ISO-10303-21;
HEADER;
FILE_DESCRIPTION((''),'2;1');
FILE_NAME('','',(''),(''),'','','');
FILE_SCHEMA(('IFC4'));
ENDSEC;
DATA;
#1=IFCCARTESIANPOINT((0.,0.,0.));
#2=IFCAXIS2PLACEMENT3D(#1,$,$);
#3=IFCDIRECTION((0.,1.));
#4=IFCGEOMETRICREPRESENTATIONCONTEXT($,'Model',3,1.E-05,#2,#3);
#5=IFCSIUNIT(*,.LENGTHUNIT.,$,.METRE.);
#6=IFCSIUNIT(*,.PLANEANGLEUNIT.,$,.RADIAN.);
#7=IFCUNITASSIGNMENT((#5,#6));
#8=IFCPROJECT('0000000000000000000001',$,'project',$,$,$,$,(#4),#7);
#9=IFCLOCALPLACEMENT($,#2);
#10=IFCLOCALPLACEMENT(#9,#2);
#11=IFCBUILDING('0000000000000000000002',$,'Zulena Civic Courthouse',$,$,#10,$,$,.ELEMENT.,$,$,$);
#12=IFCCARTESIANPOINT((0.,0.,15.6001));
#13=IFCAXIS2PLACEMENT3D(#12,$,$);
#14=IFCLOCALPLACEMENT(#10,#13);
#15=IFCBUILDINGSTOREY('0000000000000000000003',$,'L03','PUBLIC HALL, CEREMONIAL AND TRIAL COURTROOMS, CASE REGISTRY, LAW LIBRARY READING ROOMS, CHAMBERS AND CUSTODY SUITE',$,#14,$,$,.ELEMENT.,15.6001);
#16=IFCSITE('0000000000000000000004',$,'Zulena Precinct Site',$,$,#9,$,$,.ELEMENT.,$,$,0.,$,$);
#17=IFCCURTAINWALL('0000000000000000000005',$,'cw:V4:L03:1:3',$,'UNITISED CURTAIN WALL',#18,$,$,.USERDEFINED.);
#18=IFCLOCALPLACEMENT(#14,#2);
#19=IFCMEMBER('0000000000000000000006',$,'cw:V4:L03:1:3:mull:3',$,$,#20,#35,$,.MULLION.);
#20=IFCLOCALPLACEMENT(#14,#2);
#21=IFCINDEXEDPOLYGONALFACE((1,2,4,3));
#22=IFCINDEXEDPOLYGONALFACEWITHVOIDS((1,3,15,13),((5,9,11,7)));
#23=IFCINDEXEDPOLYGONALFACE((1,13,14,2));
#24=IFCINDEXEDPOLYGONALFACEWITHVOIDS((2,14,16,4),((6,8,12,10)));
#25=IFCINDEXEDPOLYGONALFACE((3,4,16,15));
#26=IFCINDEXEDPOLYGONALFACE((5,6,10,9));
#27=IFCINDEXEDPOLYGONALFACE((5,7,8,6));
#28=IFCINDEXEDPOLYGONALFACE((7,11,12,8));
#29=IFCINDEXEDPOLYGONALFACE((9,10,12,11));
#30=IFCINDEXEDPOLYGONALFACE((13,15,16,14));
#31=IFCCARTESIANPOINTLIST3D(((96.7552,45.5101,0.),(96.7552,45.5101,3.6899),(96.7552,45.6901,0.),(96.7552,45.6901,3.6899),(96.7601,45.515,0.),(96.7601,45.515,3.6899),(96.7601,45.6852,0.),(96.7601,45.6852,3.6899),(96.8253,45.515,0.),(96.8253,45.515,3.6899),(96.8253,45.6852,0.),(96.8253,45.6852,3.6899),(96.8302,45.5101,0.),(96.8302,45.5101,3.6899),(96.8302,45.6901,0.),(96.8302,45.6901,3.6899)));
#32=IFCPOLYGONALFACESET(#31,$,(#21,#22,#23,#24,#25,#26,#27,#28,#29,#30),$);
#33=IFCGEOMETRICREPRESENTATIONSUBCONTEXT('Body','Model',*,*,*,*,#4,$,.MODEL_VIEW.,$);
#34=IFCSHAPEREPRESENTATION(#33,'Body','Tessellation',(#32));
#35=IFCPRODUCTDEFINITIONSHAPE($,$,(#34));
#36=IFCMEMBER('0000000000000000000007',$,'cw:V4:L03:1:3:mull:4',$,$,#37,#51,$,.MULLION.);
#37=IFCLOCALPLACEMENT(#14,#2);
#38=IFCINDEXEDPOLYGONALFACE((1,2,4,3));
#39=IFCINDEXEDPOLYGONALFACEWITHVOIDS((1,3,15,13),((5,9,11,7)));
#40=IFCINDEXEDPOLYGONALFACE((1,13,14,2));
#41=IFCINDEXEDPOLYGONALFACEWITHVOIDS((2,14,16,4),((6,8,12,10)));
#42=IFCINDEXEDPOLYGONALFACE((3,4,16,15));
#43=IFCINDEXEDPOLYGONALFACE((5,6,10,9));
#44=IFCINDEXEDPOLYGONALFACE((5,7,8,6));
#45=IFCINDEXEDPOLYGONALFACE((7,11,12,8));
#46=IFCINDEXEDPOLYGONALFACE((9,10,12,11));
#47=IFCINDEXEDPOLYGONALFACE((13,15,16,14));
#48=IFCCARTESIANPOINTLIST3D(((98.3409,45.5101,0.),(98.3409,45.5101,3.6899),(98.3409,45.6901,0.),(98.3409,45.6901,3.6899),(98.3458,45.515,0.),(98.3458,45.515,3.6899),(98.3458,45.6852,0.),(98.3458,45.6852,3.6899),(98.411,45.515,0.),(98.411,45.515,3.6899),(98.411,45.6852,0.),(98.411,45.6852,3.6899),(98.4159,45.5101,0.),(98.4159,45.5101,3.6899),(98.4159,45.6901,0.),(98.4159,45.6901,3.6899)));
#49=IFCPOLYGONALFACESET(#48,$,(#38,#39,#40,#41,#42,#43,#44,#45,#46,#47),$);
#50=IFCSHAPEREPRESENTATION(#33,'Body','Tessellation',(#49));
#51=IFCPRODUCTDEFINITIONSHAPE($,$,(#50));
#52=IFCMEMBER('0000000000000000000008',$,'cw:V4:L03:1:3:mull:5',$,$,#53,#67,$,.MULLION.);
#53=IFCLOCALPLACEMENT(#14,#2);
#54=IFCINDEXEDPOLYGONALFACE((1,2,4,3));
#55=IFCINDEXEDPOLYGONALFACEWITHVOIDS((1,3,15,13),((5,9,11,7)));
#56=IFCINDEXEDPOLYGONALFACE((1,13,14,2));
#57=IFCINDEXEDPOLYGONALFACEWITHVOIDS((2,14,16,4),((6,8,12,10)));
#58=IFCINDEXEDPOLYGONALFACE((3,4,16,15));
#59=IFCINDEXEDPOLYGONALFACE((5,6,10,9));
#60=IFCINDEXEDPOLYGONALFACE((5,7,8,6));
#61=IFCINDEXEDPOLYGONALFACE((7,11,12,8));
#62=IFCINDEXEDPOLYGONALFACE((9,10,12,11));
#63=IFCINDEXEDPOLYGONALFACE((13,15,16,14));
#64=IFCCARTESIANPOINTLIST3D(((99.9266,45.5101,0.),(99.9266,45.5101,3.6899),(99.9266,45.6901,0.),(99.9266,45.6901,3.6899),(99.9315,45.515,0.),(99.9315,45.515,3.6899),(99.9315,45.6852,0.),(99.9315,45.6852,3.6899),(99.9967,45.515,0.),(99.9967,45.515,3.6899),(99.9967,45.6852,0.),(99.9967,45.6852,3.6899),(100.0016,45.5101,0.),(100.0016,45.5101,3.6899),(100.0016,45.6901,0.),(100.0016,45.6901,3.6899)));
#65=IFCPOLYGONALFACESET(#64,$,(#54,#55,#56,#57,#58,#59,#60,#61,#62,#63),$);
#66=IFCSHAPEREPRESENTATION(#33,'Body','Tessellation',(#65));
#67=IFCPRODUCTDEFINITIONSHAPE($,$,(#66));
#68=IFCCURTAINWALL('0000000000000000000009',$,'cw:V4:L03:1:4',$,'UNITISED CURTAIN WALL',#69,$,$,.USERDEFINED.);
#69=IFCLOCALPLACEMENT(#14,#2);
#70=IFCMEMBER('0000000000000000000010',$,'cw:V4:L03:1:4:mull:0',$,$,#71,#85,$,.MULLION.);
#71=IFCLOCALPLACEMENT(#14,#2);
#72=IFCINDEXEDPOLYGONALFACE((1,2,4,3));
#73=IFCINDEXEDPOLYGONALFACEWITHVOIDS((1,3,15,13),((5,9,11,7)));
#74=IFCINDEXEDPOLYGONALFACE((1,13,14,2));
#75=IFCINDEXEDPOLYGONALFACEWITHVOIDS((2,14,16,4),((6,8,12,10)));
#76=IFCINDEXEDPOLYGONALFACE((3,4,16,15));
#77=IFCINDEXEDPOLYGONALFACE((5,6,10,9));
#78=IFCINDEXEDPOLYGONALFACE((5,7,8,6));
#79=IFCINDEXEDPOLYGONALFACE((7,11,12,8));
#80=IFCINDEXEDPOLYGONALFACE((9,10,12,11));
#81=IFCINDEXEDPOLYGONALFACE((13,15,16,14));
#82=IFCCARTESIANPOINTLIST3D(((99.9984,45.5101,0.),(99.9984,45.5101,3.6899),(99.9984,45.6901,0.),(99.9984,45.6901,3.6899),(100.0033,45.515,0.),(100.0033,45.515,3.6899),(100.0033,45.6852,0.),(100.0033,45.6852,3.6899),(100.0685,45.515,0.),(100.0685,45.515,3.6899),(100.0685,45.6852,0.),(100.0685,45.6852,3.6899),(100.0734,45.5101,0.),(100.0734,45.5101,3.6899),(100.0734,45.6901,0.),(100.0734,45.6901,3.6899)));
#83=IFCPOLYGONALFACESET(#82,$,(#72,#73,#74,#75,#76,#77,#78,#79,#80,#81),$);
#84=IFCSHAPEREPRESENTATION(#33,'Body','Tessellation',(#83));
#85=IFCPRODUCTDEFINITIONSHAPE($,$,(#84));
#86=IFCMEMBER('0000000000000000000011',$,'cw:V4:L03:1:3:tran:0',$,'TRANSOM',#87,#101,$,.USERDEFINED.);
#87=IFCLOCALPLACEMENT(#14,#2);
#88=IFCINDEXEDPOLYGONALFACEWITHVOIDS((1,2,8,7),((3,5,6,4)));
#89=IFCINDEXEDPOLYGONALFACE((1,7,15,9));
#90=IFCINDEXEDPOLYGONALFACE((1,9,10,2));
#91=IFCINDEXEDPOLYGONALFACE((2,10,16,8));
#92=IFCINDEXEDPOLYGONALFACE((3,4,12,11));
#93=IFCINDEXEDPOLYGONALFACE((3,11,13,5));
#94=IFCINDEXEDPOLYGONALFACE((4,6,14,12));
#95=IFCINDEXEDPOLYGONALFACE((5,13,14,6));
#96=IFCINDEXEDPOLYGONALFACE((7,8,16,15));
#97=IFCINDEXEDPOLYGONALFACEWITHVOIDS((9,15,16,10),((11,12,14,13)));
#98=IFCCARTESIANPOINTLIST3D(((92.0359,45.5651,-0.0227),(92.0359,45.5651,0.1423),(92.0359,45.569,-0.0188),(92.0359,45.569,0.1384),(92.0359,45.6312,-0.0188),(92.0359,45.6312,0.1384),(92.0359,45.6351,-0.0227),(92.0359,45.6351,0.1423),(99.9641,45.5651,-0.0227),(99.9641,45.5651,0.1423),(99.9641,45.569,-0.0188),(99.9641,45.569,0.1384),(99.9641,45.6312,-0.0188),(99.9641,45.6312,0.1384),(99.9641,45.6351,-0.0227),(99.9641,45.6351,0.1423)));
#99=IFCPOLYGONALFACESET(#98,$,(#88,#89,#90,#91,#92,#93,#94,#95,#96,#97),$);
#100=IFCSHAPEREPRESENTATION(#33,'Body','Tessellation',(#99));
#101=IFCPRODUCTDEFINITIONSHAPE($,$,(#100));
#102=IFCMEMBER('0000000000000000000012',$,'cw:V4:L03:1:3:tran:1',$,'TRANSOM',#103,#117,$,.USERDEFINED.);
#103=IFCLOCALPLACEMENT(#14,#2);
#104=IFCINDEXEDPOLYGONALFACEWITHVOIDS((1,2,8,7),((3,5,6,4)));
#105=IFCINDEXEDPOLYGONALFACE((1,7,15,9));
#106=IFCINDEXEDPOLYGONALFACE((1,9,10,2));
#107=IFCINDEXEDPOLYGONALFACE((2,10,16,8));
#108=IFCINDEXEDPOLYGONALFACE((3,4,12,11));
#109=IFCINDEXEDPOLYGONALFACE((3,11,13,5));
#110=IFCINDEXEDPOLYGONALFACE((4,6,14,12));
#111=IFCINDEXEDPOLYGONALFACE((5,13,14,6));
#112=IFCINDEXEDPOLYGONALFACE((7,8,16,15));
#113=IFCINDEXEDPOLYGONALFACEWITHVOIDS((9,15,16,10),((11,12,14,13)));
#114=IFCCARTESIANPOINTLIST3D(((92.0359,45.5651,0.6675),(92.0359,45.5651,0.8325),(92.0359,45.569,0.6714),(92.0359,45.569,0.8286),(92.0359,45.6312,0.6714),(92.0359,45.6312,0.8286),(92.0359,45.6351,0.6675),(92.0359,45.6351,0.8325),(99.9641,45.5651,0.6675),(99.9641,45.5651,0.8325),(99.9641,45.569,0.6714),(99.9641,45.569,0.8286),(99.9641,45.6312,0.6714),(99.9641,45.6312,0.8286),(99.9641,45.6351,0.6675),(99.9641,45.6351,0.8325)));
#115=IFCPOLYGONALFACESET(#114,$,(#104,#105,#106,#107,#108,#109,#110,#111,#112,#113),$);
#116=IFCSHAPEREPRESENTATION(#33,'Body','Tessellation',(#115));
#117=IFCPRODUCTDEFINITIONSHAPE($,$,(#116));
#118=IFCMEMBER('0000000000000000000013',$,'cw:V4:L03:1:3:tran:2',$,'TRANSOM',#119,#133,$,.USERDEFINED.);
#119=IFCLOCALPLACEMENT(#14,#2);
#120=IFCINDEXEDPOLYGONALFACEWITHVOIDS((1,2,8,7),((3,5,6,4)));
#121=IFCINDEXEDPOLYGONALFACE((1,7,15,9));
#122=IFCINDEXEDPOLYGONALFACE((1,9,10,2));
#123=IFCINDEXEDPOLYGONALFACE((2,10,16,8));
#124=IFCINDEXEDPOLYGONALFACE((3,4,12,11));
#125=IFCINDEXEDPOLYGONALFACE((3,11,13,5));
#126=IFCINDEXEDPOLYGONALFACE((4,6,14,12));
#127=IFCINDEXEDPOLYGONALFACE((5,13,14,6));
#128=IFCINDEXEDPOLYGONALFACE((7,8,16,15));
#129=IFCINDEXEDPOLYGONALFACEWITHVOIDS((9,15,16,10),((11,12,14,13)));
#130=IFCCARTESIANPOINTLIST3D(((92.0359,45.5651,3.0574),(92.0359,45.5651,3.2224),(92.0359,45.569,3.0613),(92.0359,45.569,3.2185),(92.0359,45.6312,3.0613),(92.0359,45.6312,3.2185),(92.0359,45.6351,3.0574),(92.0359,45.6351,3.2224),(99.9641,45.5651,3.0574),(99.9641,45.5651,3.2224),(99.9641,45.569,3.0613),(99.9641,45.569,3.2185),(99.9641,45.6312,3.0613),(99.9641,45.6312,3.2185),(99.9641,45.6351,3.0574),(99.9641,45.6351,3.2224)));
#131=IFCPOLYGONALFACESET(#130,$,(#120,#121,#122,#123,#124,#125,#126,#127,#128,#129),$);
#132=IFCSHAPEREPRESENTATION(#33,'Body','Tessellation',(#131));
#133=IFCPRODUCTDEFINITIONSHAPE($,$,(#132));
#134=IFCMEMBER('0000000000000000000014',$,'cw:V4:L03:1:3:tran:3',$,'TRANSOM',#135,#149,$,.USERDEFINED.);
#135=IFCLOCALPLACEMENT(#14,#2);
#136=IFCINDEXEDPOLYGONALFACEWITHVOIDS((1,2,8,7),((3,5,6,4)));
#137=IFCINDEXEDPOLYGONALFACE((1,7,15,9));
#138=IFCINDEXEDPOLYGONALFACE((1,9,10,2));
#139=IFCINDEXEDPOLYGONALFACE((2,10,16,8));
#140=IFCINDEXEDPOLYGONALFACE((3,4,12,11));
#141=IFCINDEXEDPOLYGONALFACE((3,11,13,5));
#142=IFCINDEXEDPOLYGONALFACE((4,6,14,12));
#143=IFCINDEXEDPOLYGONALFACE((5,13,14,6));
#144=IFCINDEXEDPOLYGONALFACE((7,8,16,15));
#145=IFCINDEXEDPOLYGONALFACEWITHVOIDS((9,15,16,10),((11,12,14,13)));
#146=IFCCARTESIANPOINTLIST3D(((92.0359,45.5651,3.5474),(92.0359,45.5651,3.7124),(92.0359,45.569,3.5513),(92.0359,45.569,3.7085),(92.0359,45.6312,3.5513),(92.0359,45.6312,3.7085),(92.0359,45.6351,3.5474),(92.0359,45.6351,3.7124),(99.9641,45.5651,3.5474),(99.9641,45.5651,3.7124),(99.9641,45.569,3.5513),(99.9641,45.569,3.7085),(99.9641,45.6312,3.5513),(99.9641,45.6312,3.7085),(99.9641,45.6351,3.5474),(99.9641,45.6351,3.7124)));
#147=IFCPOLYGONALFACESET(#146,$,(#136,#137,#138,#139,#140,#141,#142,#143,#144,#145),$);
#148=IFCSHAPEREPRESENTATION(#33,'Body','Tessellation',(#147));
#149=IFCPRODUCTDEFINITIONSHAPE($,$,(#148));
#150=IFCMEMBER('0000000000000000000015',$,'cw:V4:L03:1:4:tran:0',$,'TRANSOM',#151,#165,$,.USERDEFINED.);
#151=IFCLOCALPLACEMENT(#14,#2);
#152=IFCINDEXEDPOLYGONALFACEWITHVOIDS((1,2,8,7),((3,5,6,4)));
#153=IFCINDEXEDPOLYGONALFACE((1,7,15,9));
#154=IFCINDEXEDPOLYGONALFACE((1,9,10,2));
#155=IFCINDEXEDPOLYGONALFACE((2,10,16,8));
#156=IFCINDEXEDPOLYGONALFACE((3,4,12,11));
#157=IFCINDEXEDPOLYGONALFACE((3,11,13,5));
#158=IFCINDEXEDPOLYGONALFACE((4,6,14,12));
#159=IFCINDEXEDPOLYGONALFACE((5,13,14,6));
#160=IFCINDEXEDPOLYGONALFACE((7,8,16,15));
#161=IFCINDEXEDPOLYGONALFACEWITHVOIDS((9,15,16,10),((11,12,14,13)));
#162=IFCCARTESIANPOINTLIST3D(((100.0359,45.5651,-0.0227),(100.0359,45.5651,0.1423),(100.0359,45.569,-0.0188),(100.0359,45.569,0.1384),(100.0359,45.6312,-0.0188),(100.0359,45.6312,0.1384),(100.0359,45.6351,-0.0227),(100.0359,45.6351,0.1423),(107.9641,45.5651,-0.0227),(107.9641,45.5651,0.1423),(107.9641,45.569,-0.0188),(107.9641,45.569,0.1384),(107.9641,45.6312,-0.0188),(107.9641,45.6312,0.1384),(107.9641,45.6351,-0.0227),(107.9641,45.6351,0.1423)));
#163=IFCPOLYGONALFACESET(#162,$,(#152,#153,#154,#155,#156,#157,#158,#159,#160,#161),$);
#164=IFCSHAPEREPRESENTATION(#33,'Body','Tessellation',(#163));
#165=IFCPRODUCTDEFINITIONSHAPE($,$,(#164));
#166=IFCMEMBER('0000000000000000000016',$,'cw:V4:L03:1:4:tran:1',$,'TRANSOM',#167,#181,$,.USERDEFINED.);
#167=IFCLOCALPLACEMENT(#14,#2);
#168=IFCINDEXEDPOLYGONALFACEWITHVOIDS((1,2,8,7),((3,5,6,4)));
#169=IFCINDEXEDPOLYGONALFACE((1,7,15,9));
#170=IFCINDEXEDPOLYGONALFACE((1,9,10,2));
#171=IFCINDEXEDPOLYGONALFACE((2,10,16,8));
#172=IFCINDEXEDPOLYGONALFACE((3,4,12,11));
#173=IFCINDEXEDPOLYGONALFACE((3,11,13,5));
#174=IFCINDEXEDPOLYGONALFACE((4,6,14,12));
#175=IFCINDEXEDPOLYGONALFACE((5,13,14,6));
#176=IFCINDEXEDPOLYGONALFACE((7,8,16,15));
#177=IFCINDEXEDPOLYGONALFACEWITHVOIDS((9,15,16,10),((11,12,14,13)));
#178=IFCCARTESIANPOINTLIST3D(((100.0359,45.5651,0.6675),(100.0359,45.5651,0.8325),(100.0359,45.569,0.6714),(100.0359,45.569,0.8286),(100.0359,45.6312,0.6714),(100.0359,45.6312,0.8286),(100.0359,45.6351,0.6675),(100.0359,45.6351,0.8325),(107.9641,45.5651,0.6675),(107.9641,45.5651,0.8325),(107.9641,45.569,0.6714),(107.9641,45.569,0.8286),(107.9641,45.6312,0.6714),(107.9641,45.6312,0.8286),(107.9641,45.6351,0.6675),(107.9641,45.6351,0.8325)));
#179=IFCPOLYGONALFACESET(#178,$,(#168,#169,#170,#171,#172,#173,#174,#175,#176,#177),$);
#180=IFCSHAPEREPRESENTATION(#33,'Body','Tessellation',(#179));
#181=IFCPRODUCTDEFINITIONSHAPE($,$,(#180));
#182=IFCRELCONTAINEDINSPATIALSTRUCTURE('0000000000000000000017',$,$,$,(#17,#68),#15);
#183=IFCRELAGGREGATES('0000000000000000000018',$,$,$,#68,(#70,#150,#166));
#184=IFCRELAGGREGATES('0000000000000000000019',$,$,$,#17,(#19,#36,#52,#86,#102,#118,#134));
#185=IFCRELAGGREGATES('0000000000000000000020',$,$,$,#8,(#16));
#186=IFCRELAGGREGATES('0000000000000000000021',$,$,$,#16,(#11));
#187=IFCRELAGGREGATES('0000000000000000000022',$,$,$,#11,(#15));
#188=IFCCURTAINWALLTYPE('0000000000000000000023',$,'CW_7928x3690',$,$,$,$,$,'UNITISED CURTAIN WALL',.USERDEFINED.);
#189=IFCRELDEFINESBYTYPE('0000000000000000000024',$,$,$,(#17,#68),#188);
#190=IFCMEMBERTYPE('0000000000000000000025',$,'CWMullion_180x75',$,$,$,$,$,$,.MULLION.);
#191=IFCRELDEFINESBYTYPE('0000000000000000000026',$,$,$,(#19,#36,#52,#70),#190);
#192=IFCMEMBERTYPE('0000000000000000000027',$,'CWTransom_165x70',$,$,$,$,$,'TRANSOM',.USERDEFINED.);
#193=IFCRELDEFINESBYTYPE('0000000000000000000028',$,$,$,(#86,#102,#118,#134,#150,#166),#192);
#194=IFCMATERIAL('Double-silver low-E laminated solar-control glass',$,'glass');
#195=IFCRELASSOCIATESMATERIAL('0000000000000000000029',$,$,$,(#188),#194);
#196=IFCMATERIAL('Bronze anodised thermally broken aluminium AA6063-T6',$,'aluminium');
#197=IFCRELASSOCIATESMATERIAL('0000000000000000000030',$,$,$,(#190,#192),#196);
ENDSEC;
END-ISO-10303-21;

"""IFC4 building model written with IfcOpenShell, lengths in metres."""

from ifc_helpers import new_model, si_unit, direction, frame, origin, origin_2d, place, context, subcontext, project, spatial, hollow_rectangle, extrude, material, material_profile, profile_set, type_object, element, aggregate, save


model = new_model("IFC4")

# Units and contexts
model_context = context("Model", 3, precision=1e-05, world=origin(), true_north=direction((0.0, 1.0)))
body_context = subcontext(model_context, "Body", "Model", "MODEL_VIEW")
ifc_project = project(units=[si_unit("LENGTHUNIT", "METRE"), si_unit("PLANEANGLEUNIT", "RADIAN")], contexts=[model_context])

# Site, building, storey
site_placement = place(None, origin())
site = spatial("IfcSite", under=ifc_project, at=site_placement, Name="Zulena Precinct Site", CompositionType="ELEMENT", RefElevation=0.0)
building_placement = place(site_placement, origin())
building = spatial("IfcBuilding", under=site, at=building_placement, Name="Zulena Civic Courthouse", CompositionType="ELEMENT")
storey_placement = place(building_placement, frame((0.0, 0.0, 15.6001)))
storey = spatial("IfcBuildingStorey", under=building, at=storey_placement, Name="L03", Description="PUBLIC HALL, CEREMONIAL AND TRIAL COURTROOMS, CASE REGISTRY, LAW LIBRARY READING ROOMS, CHAMBERS AND CUSTODY SUITE", CompositionType="ELEMENT", Elevation=15.6001)

# Curtain wall, members
ifc_material_1 = material(Name="Double-silver low-E laminated solar-control glass", Category="glass")
curtain_wall_type = type_object("IfcCurtainWallType", Name="CW_7928x3690", ElementType="UNITISED CURTAIN WALL", PredefinedType="USERDEFINED", material=ifc_material_1)
curtain_wall_1_placement = place(storey_placement, origin())
curtain_wall_1 = element("IfcCurtainWall", 1, at=curtain_wall_1_placement, inside=storey, type_object=curtain_wall_type, Name="cw:V4:L03:1:3", ObjectType="UNITISED CURTAIN WALL", PredefinedType="USERDEFINED")
ifc_material_2 = material(Name="Bronze anodised thermally broken aluminium AA6063-T6", Category="aluminium")
ifc_material_profile_1 = material_profile(ifc_material_2, hollow_rectangle(XDim=0.075, YDim=0.1799, WallThickness=0.0049, at=origin_2d()), Name="CWM180X75X5")
ifc_profile_set_1 = profile_set([ifc_material_profile_1], Name="Bronze anodised thermally broken aluminium AA6063-T6")
member_type_1 = type_object("IfcMemberType", Name="CWMullion_180x75", PredefinedType="MULLION", material=ifc_profile_set_1)
member_1_placement = place(storey_placement, frame((96.7927, 45.6001, 0.0), z_axis=(0.0, 0.0, 1.0), x_axis=(1.0, 0.0, 0.0)))
member_1 = element("IfcMember", 2, at=member_1_placement, type_object=member_type_1, Name="cw:V4:L03:1:3:mull:3", PredefinedType="MULLION", context=body_context, shape_type="SweptSolid", body=[
    extrude(hollow_rectangle(XDim=0.075, YDim=0.1799, WallThickness=0.0049, at=origin_2d()), origin(), (0.0, 0.0, 1.0), 3.6899),
])
member_2_placement = place(storey_placement, frame((98.3784, 45.6001, 0.0), z_axis=(0.0, 0.0, 1.0), x_axis=(1.0, 0.0, 0.0)))
member_2 = element("IfcMember", 3, at=member_2_placement, type_object=member_type_1, Name="cw:V4:L03:1:3:mull:4", PredefinedType="MULLION", context=body_context, shape_type="SweptSolid", body=[
    extrude(hollow_rectangle(XDim=0.075, YDim=0.1799, WallThickness=0.0049, at=origin_2d()), origin(), (0.0, 0.0, 1.0), 3.6899),
])
member_3_placement = place(storey_placement, frame((99.9641, 45.6001, 0.0), z_axis=(0.0, 0.0, 1.0), x_axis=(1.0, 0.0, 0.0)))
member_3 = element("IfcMember", 4, at=member_3_placement, type_object=member_type_1, Name="cw:V4:L03:1:3:mull:5", PredefinedType="MULLION", context=body_context, shape_type="SweptSolid", body=[
    extrude(hollow_rectangle(XDim=0.075, YDim=0.1799, WallThickness=0.0049, at=origin_2d()), origin(), (0.0, 0.0, 1.0), 3.6899),
])

# Curtain wall, member
curtain_wall_2_placement = place(storey_placement, origin())
curtain_wall_2 = element("IfcCurtainWall", 5, at=curtain_wall_2_placement, inside=storey, type_object=curtain_wall_type, Name="cw:V4:L03:1:4", ObjectType="UNITISED CURTAIN WALL", PredefinedType="USERDEFINED")
member_4_placement = place(storey_placement, frame((100.0359, 45.6001, 0.0), z_axis=(0.0, 0.0, 1.0), x_axis=(1.0, 0.0, 0.0)))
member_4 = element("IfcMember", 6, at=member_4_placement, type_object=member_type_1, Name="cw:V4:L03:1:4:mull:0", PredefinedType="MULLION", context=body_context, shape_type="SweptSolid", body=[
    extrude(hollow_rectangle(XDim=0.075, YDim=0.1799, WallThickness=0.0049, at=origin_2d()), origin(), (0.0, 0.0, 1.0), 3.6899),
])

# Members
ifc_material_profile_2 = material_profile(ifc_material_2, hollow_rectangle(XDim=0.0701, YDim=0.165, WallThickness=0.0039, at=origin_2d()), Name="CWT165X70X4")
ifc_profile_set_2 = profile_set([ifc_material_profile_2], Name="Bronze anodised thermally broken aluminium AA6063-T6")
member_type_2 = type_object("IfcMemberType", Name="CWTransom_165x70", ElementType="TRANSOM", PredefinedType="USERDEFINED", material=ifc_profile_set_2)
member_5_placement = place(storey_placement, frame((92.0359, 45.6001, 0.0598), z_axis=(1.0, 0.0, 0.0), x_axis=(0.0, 1.0, 0.0)))
member_5 = element("IfcMember", 7, at=member_5_placement, type_object=member_type_2, Name="cw:V4:L03:1:3:tran:0", ObjectType="TRANSOM", PredefinedType="USERDEFINED", context=body_context, shape_type="SweptSolid", body=[
    extrude(hollow_rectangle(XDim=0.0701, YDim=0.165, WallThickness=0.0039, at=origin_2d()), origin(), (0.0, 0.0, 1.0), 7.9282),
])
member_6_placement = place(storey_placement, frame((92.0359, 45.6001, 0.75), z_axis=(1.0, 0.0, 0.0), x_axis=(0.0, 1.0, 0.0)))
member_6 = element("IfcMember", 8, at=member_6_placement, type_object=member_type_2, Name="cw:V4:L03:1:3:tran:1", ObjectType="TRANSOM", PredefinedType="USERDEFINED", context=body_context, shape_type="SweptSolid", body=[
    extrude(hollow_rectangle(XDim=0.0701, YDim=0.165, WallThickness=0.0039, at=origin_2d()), origin(), (0.0, 0.0, 1.0), 7.9282),
])
member_7_placement = place(storey_placement, frame((92.0359, 45.6001, 3.1399), z_axis=(1.0, 0.0, 0.0), x_axis=(0.0, 1.0, 0.0)))
member_7 = element("IfcMember", 9, at=member_7_placement, type_object=member_type_2, Name="cw:V4:L03:1:3:tran:2", ObjectType="TRANSOM", PredefinedType="USERDEFINED", context=body_context, shape_type="SweptSolid", body=[
    extrude(hollow_rectangle(XDim=0.0701, YDim=0.165, WallThickness=0.0039, at=origin_2d()), origin(), (0.0, 0.0, 1.0), 7.9282),
])
member_8_placement = place(storey_placement, frame((92.0359, 45.6001, 3.6299), z_axis=(1.0, 0.0, 0.0), x_axis=(0.0, 1.0, 0.0)))
member_8 = element("IfcMember", 10, at=member_8_placement, type_object=member_type_2, Name="cw:V4:L03:1:3:tran:3", ObjectType="TRANSOM", PredefinedType="USERDEFINED", context=body_context, shape_type="SweptSolid", body=[
    extrude(hollow_rectangle(XDim=0.0701, YDim=0.165, WallThickness=0.0039, at=origin_2d()), origin(), (0.0, 0.0, 1.0), 7.9282),
])
member_9_placement = place(storey_placement, frame((100.0359, 45.6001, 0.0598), z_axis=(1.0, 0.0, 0.0), x_axis=(0.0, 1.0, 0.0)))
member_9 = element("IfcMember", 11, at=member_9_placement, type_object=member_type_2, Name="cw:V4:L03:1:4:tran:0", ObjectType="TRANSOM", PredefinedType="USERDEFINED", context=body_context, shape_type="SweptSolid", body=[
    extrude(hollow_rectangle(XDim=0.0701, YDim=0.165, WallThickness=0.0039, at=origin_2d()), origin(), (0.0, 0.0, 1.0), 7.9282),
])
member_10_placement = place(storey_placement, frame((100.0359, 45.6001, 0.75), z_axis=(1.0, 0.0, 0.0), x_axis=(0.0, 1.0, 0.0)))
member_10 = element("IfcMember", 12, at=member_10_placement, type_object=member_type_2, Name="cw:V4:L03:1:4:tran:1", ObjectType="TRANSOM", PredefinedType="USERDEFINED", context=body_context, shape_type="SweptSolid", body=[
    extrude(hollow_rectangle(XDim=0.0701, YDim=0.165, WallThickness=0.0039, at=origin_2d()), origin(), (0.0, 0.0, 1.0), 7.9282),
])
aggregate(curtain_wall_2, [member_4, member_9, member_10])

aggregate(curtain_wall_1, [member_1, member_2, member_3, member_5, member_6, member_7, member_8])

save(model, "model.ifc")
